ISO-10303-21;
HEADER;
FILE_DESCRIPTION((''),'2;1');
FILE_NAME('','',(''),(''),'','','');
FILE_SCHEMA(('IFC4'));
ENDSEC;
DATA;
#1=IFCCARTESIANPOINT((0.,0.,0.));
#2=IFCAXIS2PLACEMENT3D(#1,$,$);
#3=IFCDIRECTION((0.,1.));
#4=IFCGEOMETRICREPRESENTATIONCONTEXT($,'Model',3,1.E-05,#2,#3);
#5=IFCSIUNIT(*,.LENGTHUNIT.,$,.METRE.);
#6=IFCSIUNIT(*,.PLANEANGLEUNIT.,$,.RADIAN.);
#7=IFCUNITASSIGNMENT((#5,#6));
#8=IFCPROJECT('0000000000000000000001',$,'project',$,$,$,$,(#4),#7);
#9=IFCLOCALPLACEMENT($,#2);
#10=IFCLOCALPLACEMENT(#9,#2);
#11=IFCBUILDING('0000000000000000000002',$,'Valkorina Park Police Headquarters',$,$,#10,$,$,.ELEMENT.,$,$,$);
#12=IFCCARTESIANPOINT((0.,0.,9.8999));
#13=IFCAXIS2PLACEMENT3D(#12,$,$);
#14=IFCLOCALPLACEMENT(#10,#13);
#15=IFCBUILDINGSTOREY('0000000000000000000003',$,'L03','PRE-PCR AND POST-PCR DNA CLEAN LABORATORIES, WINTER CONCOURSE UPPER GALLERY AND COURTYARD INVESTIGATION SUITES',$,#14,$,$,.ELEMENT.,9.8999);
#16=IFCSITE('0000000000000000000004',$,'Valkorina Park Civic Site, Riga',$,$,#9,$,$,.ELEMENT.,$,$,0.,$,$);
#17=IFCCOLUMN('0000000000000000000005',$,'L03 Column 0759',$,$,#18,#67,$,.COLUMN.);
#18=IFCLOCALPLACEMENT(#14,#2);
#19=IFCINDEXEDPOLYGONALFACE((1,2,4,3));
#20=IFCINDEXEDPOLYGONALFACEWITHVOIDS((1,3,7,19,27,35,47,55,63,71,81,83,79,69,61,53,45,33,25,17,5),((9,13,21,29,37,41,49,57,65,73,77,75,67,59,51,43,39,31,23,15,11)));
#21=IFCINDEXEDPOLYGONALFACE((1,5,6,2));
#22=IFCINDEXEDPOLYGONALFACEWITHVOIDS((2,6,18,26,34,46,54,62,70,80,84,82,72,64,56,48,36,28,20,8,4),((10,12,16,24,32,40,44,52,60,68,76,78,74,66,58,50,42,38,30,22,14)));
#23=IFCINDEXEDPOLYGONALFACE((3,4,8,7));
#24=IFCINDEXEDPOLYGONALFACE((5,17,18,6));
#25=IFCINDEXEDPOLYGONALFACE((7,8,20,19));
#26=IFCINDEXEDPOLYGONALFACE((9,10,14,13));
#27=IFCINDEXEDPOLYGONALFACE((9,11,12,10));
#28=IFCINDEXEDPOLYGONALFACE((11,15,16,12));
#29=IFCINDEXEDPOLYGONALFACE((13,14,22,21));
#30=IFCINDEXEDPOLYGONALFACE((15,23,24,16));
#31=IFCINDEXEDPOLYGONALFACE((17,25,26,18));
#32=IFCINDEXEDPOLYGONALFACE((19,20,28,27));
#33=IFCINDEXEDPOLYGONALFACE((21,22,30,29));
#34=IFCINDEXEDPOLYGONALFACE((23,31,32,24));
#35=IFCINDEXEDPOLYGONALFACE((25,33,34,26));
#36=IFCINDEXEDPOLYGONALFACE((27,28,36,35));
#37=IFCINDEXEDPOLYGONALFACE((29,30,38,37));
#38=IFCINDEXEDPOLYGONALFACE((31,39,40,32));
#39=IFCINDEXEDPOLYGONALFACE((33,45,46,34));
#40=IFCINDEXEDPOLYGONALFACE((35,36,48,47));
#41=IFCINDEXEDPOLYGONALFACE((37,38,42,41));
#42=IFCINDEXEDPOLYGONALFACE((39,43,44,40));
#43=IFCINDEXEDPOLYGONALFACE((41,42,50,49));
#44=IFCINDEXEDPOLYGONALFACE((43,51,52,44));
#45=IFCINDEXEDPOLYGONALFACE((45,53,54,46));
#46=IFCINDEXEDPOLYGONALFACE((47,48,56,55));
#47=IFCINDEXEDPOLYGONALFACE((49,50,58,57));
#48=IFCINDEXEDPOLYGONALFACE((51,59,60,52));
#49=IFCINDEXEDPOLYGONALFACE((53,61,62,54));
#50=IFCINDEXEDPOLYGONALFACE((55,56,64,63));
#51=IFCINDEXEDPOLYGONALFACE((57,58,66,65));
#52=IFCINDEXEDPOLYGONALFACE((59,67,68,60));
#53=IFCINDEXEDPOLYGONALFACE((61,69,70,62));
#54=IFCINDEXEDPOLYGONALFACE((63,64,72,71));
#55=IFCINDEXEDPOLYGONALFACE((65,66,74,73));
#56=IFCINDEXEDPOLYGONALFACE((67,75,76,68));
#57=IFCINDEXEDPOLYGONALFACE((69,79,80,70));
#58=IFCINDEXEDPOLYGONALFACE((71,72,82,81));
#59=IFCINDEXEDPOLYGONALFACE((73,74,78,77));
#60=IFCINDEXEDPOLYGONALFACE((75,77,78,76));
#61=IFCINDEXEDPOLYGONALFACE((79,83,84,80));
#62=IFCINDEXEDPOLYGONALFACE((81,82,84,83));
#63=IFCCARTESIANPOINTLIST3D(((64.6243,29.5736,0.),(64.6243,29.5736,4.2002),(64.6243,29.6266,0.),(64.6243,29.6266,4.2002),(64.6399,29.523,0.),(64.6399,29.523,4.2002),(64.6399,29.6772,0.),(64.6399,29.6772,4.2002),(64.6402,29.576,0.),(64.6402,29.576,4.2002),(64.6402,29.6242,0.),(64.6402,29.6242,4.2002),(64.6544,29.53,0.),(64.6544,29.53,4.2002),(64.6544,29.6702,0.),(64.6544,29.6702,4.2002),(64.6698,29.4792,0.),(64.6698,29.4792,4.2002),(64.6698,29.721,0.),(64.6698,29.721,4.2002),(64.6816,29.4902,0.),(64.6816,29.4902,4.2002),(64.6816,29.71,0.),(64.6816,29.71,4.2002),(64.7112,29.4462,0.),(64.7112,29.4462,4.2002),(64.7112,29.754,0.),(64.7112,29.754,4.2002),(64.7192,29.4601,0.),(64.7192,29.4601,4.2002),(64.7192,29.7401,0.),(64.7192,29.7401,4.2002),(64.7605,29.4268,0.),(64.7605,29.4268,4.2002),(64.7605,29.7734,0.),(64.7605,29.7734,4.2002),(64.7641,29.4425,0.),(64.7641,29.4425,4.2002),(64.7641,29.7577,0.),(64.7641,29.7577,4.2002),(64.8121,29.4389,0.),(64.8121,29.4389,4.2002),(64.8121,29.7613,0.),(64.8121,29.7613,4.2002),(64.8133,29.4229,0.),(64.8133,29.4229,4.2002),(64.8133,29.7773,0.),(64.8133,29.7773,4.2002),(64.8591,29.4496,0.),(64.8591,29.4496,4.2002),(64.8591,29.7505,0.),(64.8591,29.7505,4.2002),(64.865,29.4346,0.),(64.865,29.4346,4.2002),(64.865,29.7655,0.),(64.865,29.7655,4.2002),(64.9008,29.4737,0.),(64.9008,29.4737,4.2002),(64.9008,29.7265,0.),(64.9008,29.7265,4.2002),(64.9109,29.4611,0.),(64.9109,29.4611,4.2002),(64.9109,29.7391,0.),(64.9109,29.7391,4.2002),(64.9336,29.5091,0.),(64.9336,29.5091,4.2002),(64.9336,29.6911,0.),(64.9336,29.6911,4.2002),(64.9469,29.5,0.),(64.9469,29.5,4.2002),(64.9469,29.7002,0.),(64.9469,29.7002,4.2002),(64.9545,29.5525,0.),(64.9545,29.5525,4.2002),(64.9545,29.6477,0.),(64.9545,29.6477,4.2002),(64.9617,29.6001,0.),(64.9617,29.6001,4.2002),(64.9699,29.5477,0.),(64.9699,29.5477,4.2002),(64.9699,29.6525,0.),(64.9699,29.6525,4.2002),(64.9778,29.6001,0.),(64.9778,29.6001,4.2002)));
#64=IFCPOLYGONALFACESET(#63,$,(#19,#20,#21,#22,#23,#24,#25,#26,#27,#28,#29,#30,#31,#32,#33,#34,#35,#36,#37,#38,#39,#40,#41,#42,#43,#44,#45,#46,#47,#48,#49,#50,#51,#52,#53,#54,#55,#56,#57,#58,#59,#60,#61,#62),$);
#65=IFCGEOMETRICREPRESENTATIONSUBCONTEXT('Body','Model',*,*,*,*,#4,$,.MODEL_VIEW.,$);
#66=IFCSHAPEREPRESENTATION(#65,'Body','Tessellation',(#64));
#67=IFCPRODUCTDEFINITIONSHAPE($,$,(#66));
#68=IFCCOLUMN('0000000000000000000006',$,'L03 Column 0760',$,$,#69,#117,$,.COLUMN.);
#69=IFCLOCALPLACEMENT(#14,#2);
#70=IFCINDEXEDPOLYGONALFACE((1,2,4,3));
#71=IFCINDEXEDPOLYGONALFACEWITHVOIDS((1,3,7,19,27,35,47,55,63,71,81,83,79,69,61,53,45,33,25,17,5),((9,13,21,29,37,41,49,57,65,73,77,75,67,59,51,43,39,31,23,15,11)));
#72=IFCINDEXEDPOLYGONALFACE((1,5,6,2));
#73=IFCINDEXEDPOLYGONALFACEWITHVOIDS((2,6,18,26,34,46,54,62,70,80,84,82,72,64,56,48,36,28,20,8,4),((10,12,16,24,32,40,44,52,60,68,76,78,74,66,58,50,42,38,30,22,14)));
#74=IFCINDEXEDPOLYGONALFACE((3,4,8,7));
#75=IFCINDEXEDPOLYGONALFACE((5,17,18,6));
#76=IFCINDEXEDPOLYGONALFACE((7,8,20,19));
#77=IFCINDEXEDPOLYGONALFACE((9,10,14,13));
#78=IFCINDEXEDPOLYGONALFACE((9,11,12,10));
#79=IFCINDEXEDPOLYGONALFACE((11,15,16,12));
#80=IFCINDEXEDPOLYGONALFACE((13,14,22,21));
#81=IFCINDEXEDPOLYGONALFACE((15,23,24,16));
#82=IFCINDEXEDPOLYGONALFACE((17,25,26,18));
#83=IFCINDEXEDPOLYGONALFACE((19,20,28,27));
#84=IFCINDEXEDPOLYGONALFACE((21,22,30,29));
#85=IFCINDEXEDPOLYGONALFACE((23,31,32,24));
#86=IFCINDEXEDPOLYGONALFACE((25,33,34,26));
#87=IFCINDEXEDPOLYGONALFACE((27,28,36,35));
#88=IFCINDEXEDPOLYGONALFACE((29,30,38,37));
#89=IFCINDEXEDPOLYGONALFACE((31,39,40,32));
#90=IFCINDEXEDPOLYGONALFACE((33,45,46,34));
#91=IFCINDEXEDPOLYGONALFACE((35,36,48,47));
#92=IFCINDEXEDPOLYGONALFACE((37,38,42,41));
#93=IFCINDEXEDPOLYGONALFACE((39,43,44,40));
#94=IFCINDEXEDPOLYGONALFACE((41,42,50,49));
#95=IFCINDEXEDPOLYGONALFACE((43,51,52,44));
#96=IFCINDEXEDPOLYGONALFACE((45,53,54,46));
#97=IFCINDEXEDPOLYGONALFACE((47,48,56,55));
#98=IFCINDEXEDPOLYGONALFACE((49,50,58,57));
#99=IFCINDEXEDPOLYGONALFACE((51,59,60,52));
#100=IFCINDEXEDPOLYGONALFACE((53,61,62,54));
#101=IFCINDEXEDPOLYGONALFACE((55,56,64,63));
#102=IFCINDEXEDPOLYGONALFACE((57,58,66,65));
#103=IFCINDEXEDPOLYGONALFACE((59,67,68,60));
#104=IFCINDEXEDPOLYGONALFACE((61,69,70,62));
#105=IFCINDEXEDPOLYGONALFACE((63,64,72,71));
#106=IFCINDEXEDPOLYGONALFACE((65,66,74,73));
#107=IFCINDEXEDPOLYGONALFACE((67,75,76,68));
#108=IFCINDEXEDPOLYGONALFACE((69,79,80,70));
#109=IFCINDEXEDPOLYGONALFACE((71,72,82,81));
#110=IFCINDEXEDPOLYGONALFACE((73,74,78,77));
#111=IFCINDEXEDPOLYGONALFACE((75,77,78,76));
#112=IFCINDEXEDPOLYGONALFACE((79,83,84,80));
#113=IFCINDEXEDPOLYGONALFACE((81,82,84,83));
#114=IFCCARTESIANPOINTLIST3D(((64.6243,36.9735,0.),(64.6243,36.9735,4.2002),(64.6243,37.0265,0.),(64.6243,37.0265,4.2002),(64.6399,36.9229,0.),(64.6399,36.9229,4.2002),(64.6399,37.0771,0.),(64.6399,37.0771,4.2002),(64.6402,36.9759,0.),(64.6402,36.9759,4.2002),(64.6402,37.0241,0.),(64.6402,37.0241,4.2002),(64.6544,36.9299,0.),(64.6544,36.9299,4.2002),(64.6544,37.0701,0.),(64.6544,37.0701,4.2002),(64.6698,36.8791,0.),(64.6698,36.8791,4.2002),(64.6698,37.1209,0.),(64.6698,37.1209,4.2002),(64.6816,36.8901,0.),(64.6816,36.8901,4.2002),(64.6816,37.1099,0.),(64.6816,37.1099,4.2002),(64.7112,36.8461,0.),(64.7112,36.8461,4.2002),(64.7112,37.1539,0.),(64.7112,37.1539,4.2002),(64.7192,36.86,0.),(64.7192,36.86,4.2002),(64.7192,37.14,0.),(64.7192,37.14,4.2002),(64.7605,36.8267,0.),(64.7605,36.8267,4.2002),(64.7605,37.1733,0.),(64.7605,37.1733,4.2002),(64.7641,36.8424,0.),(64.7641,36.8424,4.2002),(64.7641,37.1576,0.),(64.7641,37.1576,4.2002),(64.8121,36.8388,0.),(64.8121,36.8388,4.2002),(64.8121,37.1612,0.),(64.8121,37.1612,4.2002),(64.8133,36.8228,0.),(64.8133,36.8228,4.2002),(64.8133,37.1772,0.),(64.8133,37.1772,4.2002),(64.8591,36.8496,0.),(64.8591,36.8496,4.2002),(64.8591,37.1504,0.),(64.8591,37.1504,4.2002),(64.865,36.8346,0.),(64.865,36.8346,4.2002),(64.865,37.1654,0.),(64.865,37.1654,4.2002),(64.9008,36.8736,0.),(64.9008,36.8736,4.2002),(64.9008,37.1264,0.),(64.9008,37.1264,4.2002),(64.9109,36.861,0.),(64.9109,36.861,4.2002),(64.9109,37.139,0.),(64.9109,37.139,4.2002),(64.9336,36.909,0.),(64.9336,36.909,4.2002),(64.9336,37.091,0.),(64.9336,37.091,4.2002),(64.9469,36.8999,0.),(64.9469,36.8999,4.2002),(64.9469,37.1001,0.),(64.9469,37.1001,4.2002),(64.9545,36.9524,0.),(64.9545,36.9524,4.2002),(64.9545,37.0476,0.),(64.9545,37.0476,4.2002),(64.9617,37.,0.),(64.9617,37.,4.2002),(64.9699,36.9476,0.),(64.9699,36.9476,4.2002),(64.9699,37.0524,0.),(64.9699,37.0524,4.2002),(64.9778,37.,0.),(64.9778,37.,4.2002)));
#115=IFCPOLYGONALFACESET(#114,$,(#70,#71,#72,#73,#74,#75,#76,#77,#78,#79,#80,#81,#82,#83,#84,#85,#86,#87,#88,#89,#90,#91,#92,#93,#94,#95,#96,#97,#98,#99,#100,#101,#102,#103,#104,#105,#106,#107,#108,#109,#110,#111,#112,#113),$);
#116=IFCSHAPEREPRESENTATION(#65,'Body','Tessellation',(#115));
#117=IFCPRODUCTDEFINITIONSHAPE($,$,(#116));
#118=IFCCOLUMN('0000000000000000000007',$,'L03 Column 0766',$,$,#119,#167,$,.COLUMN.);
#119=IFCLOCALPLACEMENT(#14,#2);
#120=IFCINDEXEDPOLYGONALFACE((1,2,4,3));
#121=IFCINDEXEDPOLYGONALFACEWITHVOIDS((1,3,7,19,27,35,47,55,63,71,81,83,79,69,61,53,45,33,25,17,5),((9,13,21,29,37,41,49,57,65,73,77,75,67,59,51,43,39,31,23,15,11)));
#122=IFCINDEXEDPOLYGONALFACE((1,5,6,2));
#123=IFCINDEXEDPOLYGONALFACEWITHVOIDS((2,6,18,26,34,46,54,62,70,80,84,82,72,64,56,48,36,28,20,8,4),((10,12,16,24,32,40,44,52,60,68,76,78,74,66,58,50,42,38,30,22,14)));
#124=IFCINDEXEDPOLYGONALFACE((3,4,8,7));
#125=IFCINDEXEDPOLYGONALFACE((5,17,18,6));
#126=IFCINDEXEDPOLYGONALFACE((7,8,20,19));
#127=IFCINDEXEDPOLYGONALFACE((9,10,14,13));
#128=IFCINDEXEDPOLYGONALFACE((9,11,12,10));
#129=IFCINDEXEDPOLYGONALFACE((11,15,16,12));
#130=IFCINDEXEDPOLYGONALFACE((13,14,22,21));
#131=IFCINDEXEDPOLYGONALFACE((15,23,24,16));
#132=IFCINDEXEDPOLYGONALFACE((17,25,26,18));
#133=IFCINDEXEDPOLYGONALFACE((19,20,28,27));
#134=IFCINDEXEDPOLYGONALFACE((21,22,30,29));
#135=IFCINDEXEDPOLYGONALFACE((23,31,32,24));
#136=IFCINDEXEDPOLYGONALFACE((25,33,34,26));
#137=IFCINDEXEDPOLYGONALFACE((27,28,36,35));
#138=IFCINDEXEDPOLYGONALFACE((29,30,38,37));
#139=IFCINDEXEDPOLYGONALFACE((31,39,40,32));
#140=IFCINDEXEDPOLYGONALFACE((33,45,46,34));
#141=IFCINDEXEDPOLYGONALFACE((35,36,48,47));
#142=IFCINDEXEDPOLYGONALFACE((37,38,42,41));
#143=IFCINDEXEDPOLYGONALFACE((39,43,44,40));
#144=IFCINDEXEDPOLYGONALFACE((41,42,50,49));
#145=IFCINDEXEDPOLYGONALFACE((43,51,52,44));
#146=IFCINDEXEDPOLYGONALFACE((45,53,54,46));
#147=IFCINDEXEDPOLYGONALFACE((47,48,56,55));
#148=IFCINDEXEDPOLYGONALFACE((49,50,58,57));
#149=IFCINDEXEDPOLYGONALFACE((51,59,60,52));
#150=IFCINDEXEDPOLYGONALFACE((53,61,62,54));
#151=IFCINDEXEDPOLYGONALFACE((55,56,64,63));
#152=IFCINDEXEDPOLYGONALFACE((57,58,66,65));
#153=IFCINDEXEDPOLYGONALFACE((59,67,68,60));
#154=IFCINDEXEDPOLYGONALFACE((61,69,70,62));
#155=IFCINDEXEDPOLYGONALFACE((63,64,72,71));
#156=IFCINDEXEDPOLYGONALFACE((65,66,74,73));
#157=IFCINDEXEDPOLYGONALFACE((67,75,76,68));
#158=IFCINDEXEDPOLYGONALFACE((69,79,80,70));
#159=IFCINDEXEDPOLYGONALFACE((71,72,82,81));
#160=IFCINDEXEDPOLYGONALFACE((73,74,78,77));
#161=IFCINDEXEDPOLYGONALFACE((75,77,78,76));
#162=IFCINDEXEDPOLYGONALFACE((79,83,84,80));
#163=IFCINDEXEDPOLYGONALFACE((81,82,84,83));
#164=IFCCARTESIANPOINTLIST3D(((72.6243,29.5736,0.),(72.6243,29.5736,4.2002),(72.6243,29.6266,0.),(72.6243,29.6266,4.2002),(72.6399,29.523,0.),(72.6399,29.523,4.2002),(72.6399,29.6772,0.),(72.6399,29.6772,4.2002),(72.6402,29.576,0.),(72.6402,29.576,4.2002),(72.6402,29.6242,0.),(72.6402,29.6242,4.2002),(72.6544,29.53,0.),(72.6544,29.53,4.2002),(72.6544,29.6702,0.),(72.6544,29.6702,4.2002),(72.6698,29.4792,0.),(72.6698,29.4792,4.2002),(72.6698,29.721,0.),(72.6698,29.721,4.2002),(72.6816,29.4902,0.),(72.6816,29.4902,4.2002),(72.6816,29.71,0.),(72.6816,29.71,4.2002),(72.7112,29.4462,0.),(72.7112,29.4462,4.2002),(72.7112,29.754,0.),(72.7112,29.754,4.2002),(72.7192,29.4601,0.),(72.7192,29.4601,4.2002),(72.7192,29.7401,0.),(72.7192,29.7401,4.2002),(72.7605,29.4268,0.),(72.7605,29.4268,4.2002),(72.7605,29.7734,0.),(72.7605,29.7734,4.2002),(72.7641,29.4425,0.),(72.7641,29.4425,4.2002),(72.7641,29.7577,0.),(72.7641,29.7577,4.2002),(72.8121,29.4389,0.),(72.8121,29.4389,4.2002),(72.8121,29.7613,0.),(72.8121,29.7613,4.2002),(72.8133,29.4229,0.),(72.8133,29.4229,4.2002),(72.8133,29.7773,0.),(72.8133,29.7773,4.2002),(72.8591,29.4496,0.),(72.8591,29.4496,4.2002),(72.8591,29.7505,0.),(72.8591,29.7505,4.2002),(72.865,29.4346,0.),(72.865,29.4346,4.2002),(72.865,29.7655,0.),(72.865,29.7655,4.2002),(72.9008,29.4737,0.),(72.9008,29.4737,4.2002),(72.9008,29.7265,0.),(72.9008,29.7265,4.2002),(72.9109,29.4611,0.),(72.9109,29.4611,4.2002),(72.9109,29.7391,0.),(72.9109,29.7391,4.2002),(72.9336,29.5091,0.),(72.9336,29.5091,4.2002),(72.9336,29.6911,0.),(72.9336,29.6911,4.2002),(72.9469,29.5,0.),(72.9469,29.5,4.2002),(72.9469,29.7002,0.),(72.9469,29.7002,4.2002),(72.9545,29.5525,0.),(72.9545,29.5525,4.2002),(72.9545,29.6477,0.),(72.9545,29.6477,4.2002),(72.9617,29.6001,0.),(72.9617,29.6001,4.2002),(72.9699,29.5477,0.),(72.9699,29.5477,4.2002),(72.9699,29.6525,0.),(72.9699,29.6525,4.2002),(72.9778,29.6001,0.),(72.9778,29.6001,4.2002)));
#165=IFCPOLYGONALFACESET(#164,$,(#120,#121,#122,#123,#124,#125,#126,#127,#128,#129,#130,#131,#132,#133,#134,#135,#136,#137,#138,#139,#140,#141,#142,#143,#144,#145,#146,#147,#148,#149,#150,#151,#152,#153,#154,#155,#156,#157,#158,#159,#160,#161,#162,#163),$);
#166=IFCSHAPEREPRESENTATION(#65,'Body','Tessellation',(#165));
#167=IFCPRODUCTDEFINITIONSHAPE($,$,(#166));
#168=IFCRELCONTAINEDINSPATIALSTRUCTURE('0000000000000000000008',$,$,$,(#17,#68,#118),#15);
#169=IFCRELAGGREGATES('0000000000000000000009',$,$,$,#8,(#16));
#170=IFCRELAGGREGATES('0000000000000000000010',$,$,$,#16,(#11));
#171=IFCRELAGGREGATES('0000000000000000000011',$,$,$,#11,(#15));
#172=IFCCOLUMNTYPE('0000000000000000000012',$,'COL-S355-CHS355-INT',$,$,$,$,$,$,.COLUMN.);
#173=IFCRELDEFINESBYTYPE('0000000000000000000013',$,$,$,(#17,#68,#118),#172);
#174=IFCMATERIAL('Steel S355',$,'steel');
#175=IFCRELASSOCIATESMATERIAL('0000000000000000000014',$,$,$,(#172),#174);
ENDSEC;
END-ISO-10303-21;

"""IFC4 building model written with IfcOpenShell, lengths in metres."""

from ifc_helpers import new_model, si_unit, direction, frame, origin, origin_2d, place, context, subcontext, project, spatial, hollow_circle, extrude, material, material_profile, profile_set, type_object, element, save


model = new_model("IFC4")

# Units and contexts
model_context = context("Model", 3, precision=1e-05, world=origin(), true_north=direction((0.0, 1.0)))
body_context = subcontext(model_context, "Body", "Model", "MODEL_VIEW")
ifc_project = project(units=[si_unit("LENGTHUNIT", "METRE"), si_unit("PLANEANGLEUNIT", "RADIAN")], contexts=[model_context])

# Site, building, storey
site_placement = place(None, origin())
site = spatial("IfcSite", under=ifc_project, at=site_placement, Name="Valkorina Park Civic Site, Riga", CompositionType="ELEMENT", RefElevation=0.0)
building_placement = place(site_placement, origin())
building = spatial("IfcBuilding", under=site, at=building_placement, Name="Valkorina Park Police Headquarters", CompositionType="ELEMENT")
storey_placement = place(building_placement, frame((0.0, 0.0, 9.8999)))
storey = spatial("IfcBuildingStorey", under=building, at=storey_placement, Name="L03", Description="PRE-PCR AND POST-PCR DNA CLEAN LABORATORIES, WINTER CONCOURSE UPPER GALLERY AND COURTYARD INVESTIGATION SUITES", CompositionType="ELEMENT", Elevation=9.8999)

# Columns
ifc_material_1 = material(Name="Steel S355", Category="steel")
ifc_material_profile_1 = material_profile(ifc_material_1, hollow_circle(Radius=0.1777, WallThickness=0.0161, at=origin_2d()), Name="CHS 355.6x16")
ifc_profile_set_1 = profile_set([ifc_material_profile_1], Name="Steel S355")
column_type = type_object("IfcColumnType", Name="COL-S355-CHS355-INT", PredefinedType="COLUMN", material=ifc_profile_set_1)
for number, where, z_axis, x_axis, name in (
    (1, (64.8, 29.6001, 0.0), (0.0, 0.0, 1.0), (1.0, 0.0, 0.0), "L03 Column 0759"),
    (2, (64.8, 37.0, 0.0), (0.0, 0.0, 1.0), (1.0, 0.0, 0.0), "L03 Column 0760"),
    (3, (72.8, 29.6001, 0.0), (0.0, 0.0, 1.0), (1.0, 0.0, 0.0), "L03 Column 0766"),
):
    element("IfcColumn", number, at=place(storey_placement, frame(where, z_axis=z_axis, x_axis=x_axis)), inside=storey, type_object=column_type, Name=name, PredefinedType="COLUMN", context=body_context, shape_type="SweptSolid", body=[
        extrude(hollow_circle(Radius=0.1777, WallThickness=0.0161, at=origin_2d()), origin(), (0.0, 0.0, 1.0), 4.2002),
    ])

save(model, "model.ifc")
